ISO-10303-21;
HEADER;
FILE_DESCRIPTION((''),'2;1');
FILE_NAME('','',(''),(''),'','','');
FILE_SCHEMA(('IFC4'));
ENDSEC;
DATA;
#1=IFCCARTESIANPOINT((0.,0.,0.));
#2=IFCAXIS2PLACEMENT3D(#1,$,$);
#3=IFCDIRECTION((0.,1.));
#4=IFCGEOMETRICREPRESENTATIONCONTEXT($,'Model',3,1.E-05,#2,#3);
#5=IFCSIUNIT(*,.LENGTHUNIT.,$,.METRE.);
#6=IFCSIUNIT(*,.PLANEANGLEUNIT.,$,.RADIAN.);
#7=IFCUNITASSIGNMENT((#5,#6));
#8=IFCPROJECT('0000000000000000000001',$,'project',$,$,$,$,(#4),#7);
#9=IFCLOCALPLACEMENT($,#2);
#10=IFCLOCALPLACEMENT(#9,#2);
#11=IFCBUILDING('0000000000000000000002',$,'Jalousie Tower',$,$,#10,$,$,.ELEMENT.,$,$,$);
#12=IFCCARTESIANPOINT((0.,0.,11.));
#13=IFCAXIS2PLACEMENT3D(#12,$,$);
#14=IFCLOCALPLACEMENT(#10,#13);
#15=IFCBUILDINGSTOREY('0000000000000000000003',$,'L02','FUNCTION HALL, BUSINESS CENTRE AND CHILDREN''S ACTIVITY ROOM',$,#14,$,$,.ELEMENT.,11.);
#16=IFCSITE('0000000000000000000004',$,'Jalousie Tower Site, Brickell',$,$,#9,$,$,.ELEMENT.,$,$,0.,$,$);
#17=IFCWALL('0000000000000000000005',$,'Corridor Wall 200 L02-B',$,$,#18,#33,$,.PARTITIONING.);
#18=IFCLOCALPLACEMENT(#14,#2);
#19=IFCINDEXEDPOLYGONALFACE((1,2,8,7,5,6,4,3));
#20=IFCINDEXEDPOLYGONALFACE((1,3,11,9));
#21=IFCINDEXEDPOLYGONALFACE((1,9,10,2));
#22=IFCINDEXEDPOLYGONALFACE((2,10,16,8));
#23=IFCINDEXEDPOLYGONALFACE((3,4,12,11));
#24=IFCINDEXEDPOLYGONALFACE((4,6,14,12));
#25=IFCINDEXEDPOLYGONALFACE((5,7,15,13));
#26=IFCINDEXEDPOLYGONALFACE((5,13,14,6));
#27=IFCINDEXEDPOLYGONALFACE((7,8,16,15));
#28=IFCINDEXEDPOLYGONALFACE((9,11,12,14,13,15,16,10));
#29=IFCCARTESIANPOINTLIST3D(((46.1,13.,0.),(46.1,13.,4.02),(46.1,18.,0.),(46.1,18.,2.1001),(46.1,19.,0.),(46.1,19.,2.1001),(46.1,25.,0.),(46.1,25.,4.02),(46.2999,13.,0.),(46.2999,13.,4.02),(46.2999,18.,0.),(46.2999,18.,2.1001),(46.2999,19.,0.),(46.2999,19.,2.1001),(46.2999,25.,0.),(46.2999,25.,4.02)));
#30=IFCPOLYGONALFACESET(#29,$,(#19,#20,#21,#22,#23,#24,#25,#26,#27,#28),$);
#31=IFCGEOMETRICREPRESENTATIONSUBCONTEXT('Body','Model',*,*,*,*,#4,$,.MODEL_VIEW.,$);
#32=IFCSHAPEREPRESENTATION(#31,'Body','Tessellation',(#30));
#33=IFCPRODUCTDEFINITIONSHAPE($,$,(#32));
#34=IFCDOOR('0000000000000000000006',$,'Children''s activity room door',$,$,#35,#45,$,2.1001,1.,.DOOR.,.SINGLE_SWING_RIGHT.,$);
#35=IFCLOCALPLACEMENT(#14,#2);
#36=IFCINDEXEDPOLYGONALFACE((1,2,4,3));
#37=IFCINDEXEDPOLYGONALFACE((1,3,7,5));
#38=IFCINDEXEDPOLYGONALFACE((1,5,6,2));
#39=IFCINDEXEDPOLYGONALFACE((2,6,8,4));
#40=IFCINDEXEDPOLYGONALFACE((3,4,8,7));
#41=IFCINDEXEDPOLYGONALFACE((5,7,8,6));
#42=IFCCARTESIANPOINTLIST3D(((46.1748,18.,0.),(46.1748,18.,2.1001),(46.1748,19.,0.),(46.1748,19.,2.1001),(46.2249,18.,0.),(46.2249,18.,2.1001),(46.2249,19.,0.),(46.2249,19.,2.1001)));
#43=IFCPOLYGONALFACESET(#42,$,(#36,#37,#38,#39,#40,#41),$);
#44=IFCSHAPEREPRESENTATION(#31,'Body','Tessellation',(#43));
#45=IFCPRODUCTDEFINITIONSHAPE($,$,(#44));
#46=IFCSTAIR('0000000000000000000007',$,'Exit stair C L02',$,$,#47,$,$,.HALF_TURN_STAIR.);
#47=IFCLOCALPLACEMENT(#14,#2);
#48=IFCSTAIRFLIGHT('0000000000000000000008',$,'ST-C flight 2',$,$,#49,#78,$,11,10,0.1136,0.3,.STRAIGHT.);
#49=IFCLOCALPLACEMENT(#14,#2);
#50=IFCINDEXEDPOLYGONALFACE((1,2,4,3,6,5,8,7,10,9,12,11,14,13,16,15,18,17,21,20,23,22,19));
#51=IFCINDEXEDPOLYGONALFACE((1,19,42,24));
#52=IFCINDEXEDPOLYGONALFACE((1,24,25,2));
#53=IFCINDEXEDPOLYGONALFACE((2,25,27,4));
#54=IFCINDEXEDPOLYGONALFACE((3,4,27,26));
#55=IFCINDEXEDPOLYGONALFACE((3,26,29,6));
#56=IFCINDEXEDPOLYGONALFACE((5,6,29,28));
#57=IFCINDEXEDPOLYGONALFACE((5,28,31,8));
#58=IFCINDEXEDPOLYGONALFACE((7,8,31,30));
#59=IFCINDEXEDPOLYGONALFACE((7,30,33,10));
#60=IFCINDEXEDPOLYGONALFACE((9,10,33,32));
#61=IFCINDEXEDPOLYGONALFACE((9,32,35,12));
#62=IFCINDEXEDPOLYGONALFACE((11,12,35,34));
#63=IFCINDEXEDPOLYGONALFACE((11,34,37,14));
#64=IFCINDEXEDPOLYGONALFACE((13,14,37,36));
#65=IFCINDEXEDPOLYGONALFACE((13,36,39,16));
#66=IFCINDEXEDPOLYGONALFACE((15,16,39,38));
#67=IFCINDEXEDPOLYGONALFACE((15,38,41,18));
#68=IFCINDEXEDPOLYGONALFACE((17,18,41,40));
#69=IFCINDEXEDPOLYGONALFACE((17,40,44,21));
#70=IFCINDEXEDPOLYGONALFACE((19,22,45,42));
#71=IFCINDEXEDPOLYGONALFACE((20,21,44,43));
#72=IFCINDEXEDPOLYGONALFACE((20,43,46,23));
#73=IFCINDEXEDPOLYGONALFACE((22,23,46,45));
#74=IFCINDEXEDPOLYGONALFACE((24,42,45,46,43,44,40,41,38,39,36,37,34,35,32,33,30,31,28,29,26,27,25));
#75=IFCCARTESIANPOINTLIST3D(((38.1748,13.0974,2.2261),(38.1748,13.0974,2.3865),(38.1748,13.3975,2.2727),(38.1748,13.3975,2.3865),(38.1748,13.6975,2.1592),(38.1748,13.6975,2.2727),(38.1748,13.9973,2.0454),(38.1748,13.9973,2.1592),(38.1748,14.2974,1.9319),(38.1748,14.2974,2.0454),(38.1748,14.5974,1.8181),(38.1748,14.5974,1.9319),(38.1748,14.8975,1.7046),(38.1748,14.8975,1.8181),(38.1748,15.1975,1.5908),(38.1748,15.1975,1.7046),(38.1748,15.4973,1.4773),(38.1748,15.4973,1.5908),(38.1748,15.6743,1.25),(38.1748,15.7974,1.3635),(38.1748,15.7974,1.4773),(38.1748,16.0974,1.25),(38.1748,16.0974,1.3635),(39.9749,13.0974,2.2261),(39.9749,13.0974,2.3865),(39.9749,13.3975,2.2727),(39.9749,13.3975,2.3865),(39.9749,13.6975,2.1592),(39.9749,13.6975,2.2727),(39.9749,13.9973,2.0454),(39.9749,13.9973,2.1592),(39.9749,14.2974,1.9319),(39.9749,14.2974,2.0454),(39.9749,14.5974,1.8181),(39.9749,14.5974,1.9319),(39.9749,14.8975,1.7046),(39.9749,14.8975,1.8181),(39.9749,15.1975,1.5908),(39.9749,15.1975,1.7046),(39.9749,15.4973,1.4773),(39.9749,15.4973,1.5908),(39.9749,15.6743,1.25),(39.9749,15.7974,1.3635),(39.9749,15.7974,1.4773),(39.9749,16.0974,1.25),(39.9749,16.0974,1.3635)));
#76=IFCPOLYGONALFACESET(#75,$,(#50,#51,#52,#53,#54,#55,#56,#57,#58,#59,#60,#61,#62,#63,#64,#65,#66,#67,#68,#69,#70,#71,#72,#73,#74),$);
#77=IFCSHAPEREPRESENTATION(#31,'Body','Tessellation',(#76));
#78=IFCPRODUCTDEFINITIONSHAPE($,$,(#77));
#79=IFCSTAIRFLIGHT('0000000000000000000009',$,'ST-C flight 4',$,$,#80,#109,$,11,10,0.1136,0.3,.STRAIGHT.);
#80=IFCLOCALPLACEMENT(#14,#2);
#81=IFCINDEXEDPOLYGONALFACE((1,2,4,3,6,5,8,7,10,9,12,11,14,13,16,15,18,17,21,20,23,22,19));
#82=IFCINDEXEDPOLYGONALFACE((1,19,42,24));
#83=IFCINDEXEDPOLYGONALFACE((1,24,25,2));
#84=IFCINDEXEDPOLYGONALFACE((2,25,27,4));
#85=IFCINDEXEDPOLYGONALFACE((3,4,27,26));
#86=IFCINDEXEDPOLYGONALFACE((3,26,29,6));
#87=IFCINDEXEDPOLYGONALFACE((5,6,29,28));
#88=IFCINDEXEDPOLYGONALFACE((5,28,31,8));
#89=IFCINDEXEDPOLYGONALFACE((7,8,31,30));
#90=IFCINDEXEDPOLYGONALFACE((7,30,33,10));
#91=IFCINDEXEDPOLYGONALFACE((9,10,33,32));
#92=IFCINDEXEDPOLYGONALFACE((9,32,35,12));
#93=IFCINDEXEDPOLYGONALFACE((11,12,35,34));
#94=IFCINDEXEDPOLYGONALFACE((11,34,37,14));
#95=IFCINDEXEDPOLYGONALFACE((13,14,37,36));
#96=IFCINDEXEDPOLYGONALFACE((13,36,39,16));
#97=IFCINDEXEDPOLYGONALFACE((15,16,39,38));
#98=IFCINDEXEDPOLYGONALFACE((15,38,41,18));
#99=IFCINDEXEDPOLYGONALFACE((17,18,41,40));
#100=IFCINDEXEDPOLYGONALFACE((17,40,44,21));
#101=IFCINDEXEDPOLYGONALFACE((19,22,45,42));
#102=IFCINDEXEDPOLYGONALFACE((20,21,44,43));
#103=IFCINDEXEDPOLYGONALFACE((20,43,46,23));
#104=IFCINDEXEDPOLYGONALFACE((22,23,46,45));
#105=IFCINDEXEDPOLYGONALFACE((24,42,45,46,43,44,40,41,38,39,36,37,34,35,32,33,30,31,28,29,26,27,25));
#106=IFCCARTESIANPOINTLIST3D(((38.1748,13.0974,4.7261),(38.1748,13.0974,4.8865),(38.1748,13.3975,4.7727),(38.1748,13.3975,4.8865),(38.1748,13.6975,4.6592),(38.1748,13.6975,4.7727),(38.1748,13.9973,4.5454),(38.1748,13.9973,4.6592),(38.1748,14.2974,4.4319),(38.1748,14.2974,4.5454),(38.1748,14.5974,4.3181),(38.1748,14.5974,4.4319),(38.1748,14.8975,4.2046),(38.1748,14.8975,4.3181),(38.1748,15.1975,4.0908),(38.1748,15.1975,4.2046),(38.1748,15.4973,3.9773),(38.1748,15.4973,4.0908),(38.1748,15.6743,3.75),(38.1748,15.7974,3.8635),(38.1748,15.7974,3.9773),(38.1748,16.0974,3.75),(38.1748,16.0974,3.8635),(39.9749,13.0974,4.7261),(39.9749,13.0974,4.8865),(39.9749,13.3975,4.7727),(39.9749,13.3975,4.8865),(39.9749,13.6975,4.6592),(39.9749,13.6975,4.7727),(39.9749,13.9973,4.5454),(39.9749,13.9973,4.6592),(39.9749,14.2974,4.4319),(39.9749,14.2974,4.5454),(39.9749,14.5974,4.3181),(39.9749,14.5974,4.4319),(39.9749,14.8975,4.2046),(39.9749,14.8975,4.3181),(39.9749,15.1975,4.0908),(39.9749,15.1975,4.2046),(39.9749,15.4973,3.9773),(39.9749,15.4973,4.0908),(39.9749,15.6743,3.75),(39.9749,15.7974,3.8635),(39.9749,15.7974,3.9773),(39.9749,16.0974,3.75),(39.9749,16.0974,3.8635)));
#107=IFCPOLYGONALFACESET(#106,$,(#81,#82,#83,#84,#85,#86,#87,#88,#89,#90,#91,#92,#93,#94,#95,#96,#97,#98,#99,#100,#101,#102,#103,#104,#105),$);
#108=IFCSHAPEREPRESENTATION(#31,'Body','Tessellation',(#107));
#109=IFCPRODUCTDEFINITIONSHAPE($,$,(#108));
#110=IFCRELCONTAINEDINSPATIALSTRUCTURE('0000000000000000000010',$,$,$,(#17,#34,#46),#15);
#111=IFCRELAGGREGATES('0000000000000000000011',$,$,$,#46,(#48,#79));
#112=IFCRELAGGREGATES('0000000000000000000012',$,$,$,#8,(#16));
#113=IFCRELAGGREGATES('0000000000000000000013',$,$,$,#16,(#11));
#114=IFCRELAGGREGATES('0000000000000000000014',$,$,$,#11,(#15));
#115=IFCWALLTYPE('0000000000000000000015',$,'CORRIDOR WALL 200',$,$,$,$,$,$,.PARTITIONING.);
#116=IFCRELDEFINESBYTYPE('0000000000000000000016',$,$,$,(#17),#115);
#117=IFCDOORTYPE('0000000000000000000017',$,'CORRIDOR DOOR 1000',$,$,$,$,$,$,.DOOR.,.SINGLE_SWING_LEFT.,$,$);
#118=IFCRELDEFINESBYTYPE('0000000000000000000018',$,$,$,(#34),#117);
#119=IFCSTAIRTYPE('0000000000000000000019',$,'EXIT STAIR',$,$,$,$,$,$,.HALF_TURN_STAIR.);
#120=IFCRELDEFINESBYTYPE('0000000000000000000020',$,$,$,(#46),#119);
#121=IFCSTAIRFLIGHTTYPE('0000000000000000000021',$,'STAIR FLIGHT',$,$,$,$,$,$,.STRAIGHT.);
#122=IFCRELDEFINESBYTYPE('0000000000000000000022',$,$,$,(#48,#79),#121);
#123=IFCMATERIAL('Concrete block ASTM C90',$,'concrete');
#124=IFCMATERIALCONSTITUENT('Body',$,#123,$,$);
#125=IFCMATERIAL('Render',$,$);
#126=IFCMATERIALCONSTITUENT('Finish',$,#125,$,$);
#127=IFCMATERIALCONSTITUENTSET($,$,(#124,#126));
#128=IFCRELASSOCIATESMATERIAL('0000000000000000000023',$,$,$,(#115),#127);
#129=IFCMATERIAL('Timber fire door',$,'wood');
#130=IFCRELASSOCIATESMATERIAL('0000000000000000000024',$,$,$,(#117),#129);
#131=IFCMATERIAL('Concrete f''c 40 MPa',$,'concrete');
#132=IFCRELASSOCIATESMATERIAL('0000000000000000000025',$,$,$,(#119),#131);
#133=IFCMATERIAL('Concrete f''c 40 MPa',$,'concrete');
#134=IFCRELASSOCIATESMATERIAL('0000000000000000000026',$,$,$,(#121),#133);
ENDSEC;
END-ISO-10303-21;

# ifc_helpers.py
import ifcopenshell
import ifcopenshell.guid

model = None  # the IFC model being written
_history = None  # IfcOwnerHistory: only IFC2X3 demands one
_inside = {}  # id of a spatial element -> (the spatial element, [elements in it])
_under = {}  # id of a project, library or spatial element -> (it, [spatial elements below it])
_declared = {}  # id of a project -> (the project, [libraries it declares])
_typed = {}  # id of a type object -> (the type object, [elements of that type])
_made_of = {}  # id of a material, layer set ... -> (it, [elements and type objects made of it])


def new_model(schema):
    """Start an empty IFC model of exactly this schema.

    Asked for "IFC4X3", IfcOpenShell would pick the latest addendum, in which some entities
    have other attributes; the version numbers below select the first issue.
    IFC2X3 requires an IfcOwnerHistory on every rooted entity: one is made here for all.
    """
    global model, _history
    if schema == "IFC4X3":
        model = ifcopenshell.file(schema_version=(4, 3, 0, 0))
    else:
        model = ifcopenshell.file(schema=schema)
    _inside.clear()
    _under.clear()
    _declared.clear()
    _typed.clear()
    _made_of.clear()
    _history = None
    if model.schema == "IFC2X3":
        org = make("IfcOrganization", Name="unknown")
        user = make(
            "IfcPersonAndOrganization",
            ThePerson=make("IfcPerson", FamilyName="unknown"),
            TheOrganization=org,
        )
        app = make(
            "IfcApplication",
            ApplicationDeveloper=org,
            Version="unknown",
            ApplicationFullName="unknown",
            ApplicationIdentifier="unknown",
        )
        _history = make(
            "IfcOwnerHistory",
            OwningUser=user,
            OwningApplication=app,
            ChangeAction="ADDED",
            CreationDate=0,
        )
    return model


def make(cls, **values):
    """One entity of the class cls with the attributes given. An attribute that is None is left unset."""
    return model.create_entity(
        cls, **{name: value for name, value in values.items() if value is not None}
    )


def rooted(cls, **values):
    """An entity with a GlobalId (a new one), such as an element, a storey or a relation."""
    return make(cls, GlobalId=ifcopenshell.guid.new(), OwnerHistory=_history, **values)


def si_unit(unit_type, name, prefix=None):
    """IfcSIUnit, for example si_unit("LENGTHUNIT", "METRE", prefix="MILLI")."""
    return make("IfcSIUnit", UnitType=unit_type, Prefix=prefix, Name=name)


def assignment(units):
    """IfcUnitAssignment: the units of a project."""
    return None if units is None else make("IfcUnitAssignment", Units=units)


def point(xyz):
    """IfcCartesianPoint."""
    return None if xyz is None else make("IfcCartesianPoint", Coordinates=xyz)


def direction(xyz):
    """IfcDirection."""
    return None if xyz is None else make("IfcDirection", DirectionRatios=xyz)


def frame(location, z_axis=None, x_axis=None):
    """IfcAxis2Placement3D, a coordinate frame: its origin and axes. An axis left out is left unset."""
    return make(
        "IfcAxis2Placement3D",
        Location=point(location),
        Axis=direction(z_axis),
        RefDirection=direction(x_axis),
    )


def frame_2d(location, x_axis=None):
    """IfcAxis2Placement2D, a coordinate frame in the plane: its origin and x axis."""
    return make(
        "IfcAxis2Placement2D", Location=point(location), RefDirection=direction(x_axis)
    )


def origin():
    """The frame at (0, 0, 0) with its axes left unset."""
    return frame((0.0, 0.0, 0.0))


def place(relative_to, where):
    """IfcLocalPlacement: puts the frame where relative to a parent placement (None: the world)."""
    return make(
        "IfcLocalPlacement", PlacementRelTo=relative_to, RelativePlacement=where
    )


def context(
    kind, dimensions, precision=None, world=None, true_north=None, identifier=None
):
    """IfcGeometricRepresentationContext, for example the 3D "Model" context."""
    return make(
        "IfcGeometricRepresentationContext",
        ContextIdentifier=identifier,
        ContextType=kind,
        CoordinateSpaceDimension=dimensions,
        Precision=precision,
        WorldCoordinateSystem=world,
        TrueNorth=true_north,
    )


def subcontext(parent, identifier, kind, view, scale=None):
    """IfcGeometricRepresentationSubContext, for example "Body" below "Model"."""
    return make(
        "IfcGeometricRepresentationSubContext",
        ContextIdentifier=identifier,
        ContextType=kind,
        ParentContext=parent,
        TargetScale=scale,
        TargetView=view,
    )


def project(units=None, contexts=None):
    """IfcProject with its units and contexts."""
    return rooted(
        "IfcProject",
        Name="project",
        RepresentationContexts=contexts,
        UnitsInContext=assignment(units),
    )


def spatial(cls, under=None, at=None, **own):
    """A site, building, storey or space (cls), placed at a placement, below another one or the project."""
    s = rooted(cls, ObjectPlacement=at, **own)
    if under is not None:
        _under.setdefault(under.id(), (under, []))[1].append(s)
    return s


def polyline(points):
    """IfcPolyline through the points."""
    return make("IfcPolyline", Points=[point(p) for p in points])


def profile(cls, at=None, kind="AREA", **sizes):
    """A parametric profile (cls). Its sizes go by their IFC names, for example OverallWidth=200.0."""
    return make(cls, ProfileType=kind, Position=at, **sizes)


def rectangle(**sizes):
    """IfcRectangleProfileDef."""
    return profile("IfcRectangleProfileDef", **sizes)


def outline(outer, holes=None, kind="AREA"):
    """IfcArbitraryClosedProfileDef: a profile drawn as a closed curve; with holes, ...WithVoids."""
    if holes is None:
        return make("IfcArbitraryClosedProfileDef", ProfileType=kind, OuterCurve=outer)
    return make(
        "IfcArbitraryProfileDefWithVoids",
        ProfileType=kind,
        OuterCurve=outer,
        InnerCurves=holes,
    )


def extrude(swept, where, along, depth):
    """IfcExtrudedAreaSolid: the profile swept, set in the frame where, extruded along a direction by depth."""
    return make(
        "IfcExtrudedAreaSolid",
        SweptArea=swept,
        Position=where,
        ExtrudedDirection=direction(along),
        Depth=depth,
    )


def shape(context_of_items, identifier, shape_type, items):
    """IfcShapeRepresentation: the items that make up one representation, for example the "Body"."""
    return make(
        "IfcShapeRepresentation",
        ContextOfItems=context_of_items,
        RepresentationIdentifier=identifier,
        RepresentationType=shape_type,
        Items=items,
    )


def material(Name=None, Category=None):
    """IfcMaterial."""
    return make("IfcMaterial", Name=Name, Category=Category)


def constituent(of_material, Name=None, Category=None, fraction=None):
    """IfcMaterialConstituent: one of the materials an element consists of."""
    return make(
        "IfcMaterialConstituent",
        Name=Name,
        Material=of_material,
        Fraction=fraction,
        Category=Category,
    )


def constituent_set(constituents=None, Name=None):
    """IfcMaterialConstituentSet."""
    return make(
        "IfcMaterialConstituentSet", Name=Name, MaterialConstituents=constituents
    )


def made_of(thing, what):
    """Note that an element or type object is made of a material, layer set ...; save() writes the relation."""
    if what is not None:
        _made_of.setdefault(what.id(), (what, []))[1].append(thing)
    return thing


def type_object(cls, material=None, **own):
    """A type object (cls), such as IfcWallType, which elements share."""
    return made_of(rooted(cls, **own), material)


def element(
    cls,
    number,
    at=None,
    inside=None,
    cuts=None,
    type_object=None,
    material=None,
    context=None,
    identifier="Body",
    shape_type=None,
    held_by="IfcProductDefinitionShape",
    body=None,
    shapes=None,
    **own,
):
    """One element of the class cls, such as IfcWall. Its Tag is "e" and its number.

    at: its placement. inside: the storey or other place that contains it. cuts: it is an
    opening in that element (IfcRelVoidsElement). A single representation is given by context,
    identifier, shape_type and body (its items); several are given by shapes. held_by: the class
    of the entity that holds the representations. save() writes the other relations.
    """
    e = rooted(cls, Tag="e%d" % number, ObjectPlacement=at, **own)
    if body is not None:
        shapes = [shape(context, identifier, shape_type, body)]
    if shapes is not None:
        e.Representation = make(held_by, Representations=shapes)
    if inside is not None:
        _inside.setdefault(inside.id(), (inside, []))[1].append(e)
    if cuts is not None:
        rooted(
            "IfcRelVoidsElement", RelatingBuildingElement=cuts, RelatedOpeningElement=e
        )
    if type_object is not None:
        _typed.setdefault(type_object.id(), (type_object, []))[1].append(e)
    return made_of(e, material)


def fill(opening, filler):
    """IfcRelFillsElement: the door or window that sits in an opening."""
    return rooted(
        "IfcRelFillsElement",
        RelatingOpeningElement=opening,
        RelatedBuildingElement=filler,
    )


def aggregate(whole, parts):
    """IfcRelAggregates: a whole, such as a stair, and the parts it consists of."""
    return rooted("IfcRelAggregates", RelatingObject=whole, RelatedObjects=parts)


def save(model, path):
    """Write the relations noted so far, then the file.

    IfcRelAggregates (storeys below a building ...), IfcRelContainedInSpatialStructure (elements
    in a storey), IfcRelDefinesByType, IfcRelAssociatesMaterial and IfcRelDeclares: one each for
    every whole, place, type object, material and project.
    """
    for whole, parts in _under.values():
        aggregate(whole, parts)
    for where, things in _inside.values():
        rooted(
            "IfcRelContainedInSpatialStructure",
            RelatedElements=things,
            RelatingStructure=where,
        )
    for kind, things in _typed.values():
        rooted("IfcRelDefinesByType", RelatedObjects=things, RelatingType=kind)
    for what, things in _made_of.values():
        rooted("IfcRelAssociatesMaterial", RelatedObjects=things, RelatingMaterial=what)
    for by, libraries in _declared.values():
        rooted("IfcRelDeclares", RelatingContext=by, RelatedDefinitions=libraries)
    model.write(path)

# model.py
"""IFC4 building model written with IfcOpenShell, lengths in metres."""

from ifc_helpers import new_model, si_unit, direction, frame, frame_2d, origin, place, context, subcontext, project, spatial, polyline, rectangle, outline, extrude, material, constituent, constituent_set, type_object, element, fill, aggregate, save


model = new_model("IFC4")

# Units and contexts
model_context = context("Model", 3, precision=1e-05, world=origin(), true_north=direction((0.0, 1.0)))
body_context = subcontext(model_context, "Body", "Model", "MODEL_VIEW")
ifc_project = project(units=[si_unit("LENGTHUNIT", "METRE"), si_unit("PLANEANGLEUNIT", "RADIAN")], contexts=[model_context])

# Site, building, storey
site_placement = place(None, origin())
site = spatial("IfcSite", under=ifc_project, at=site_placement, Name="Jalousie Tower Site, Brickell", CompositionType="ELEMENT", RefElevation=0.0)
building_placement = place(site_placement, origin())
building = spatial("IfcBuilding", under=site, at=building_placement, Name="Jalousie Tower", CompositionType="ELEMENT")
storey_placement = place(building_placement, frame((0.0, 0.0, 11.0)))
storey = spatial("IfcBuildingStorey", under=building, at=storey_placement, Name="L02", Description="FUNCTION HALL, BUSINESS CENTRE AND CHILDREN'S ACTIVITY ROOM", CompositionType="ELEMENT", Elevation=11.0)

# Wall, opening, door
ifc_material_1 = material(Name="Concrete block ASTM C90", Category="concrete")
ifc_constituent_1 = constituent(ifc_material_1, Name="Body")
ifc_material_2 = material(Name="Render")
ifc_constituent_2 = constituent(ifc_material_2, Name="Finish")
ifc_constituent_set_1 = constituent_set(constituents=[ifc_constituent_1, ifc_constituent_2])
wall_type_1 = type_object("IfcWallType", Name="CORRIDOR WALL 200", PredefinedType="PARTITIONING", material=ifc_constituent_set_1)
wall_1_placement = place(storey_placement, frame((46.2, 13.0, 0.0), z_axis=(0.0, 0.0, 1.0), x_axis=(0.0, 1.0, 0.0)))
wall_1 = element("IfcWall", 1, at=wall_1_placement, inside=storey, type_object=wall_type_1, Name="Corridor Wall 200 L02-B", PredefinedType="PARTITIONING", context=body_context, shape_type="SweptSolid", body=[
    extrude(rectangle(XDim=12.0, YDim=0.2, at=frame_2d((6.0, 0.0))), origin(), (0.0, 0.0, 1.0), 4.02),
])
opening_1_placement = place(wall_1_placement, frame((5.0, 0.0, 0.0)))
opening_1 = element("IfcOpeningElement", 2, at=opening_1_placement, cuts=wall_1, PredefinedType="OPENING", context=body_context, shape_type="SweptSolid", body=[
    extrude(rectangle(XDim=1.0, YDim=2.1001, at=frame_2d((0.5, 1.05))), frame((0.0, 0.1099, 0.0), z_axis=(0.0, -1.0, 0.0), x_axis=(1.0, 0.0, 0.0)), (0.0, 0.0, 1.0), 0.22),
])
ifc_material_3 = material(Name="Timber fire door", Category="wood")
door_type_1 = type_object("IfcDoorType", Name="CORRIDOR DOOR 1000", OperationType="SINGLE_SWING_LEFT", PredefinedType="DOOR", material=ifc_material_3)
door_1_placement = place(opening_1_placement, frame((1.0, 0.0, 0.0), z_axis=(0.0, 0.0, 1.0), x_axis=(-1.0, 0.0, 0.0)))
door_1 = element("IfcDoor", 3, at=door_1_placement, inside=storey, type_object=door_type_1, Name="Children's activity room door", OperationType="SINGLE_SWING_RIGHT", OverallHeight=2.1001, OverallWidth=1.0, PredefinedType="DOOR", context=body_context, shape_type="SweptSolid", body=[
    extrude(rectangle(XDim=1.0, YDim=2.1001, at=frame_2d((0.5, 1.05))), frame((0.0, 0.0249, 0.0), z_axis=(0.0, -1.0, 0.0), x_axis=(1.0, 0.0, 0.0)), (0.0, 0.0, 1.0), 0.05),
])
fill(opening_1, door_1)

# Stair, stair flights
ifc_material_4 = material(Name="Concrete f'c 40 MPa", Category="concrete")
stair_type = type_object("IfcStairType", Name="EXIT STAIR", PredefinedType="HALF_TURN_STAIR", material=ifc_material_4)
stair_placement = place(storey_placement, origin())
stair = element("IfcStair", 4, at=stair_placement, inside=storey, type_object=stair_type, Name="Exit stair C L02", PredefinedType="HALF_TURN_STAIR")
ifc_material_5 = material(Name="Concrete f'c 40 MPa", Category="concrete")
stair_flight_type = type_object("IfcStairFlightType", Name="STAIR FLIGHT", PredefinedType="STRAIGHT", material=ifc_material_5)
stair_flight_1_placement = place(storey_placement, frame((39.075, 16.0974, 1.25), z_axis=(0.0, 0.0, 1.0), x_axis=(0.0, -1.0, 0.0)))
stair_flight_1 = element("IfcStairFlight", 5, at=stair_flight_1_placement, type_object=stair_flight_type, Name="ST-C flight 2", NumberOfRisers=11, NumberOfTreads=10, PredefinedType="STRAIGHT", RiserHeight=0.1136, TreadLength=0.3, context=body_context, shape_type="SweptSolid", body=[
    extrude(outline(polyline([(0.0, 0.0), (0.0, 0.1135), (0.3, 0.1135), (0.3, 0.2273), (0.6001, 0.2273), (0.6001, 0.3408), (0.8999, 0.3408), (0.8999, 0.4546), (1.2, 0.4546), (1.2, 0.5681), (1.5, 0.5681), (1.5, 0.6819), (1.8, 0.6819), (1.8, 0.7954), (2.1001, 0.7954), (2.1001, 0.9092), (2.3999, 0.9092), (2.3999, 1.0227), (2.7, 1.0227), (2.7, 1.1365), (3.0, 1.1365), (3.0, 1.25), (3.0, 0.9761), (0.4231, 0.0), (0.0, 0.0)])), frame((0.0, 0.8999, 0.0), z_axis=(0.0, -1.0, 0.0), x_axis=(1.0, 0.0, 0.0)), (0.0, 0.0, 1.0), 1.8),
])
stair_flight_2_placement = place(storey_placement, frame((39.075, 16.0974, 3.75), z_axis=(0.0, 0.0, 1.0), x_axis=(0.0, -1.0, 0.0)))
stair_flight_2 = element("IfcStairFlight", 6, at=stair_flight_2_placement, type_object=stair_flight_type, Name="ST-C flight 4", NumberOfRisers=11, NumberOfTreads=10, PredefinedType="STRAIGHT", RiserHeight=0.1136, TreadLength=0.3, context=body_context, shape_type="SweptSolid", body=[
    extrude(outline(polyline([(0.0, 0.0), (0.0, 0.1135), (0.3, 0.1135), (0.3, 0.2273), (0.6001, 0.2273), (0.6001, 0.3408), (0.8999, 0.3408), (0.8999, 0.4546), (1.2, 0.4546), (1.2, 0.5681), (1.5, 0.5681), (1.5, 0.6819), (1.8, 0.6819), (1.8, 0.7954), (2.1001, 0.7954), (2.1001, 0.9092), (2.3999, 0.9092), (2.3999, 1.0227), (2.7, 1.0227), (2.7, 1.1365), (3.0, 1.1365), (3.0, 1.25), (3.0, 0.9761), (0.4231, 0.0), (0.0, 0.0)])), frame((0.0, 0.8999, 0.0), z_axis=(0.0, -1.0, 0.0), x_axis=(1.0, 0.0, 0.0)), (0.0, 0.0, 1.0), 1.8),
])
aggregate(stair, [stair_flight_1, stair_flight_2])

save(model, "model.ifc")
